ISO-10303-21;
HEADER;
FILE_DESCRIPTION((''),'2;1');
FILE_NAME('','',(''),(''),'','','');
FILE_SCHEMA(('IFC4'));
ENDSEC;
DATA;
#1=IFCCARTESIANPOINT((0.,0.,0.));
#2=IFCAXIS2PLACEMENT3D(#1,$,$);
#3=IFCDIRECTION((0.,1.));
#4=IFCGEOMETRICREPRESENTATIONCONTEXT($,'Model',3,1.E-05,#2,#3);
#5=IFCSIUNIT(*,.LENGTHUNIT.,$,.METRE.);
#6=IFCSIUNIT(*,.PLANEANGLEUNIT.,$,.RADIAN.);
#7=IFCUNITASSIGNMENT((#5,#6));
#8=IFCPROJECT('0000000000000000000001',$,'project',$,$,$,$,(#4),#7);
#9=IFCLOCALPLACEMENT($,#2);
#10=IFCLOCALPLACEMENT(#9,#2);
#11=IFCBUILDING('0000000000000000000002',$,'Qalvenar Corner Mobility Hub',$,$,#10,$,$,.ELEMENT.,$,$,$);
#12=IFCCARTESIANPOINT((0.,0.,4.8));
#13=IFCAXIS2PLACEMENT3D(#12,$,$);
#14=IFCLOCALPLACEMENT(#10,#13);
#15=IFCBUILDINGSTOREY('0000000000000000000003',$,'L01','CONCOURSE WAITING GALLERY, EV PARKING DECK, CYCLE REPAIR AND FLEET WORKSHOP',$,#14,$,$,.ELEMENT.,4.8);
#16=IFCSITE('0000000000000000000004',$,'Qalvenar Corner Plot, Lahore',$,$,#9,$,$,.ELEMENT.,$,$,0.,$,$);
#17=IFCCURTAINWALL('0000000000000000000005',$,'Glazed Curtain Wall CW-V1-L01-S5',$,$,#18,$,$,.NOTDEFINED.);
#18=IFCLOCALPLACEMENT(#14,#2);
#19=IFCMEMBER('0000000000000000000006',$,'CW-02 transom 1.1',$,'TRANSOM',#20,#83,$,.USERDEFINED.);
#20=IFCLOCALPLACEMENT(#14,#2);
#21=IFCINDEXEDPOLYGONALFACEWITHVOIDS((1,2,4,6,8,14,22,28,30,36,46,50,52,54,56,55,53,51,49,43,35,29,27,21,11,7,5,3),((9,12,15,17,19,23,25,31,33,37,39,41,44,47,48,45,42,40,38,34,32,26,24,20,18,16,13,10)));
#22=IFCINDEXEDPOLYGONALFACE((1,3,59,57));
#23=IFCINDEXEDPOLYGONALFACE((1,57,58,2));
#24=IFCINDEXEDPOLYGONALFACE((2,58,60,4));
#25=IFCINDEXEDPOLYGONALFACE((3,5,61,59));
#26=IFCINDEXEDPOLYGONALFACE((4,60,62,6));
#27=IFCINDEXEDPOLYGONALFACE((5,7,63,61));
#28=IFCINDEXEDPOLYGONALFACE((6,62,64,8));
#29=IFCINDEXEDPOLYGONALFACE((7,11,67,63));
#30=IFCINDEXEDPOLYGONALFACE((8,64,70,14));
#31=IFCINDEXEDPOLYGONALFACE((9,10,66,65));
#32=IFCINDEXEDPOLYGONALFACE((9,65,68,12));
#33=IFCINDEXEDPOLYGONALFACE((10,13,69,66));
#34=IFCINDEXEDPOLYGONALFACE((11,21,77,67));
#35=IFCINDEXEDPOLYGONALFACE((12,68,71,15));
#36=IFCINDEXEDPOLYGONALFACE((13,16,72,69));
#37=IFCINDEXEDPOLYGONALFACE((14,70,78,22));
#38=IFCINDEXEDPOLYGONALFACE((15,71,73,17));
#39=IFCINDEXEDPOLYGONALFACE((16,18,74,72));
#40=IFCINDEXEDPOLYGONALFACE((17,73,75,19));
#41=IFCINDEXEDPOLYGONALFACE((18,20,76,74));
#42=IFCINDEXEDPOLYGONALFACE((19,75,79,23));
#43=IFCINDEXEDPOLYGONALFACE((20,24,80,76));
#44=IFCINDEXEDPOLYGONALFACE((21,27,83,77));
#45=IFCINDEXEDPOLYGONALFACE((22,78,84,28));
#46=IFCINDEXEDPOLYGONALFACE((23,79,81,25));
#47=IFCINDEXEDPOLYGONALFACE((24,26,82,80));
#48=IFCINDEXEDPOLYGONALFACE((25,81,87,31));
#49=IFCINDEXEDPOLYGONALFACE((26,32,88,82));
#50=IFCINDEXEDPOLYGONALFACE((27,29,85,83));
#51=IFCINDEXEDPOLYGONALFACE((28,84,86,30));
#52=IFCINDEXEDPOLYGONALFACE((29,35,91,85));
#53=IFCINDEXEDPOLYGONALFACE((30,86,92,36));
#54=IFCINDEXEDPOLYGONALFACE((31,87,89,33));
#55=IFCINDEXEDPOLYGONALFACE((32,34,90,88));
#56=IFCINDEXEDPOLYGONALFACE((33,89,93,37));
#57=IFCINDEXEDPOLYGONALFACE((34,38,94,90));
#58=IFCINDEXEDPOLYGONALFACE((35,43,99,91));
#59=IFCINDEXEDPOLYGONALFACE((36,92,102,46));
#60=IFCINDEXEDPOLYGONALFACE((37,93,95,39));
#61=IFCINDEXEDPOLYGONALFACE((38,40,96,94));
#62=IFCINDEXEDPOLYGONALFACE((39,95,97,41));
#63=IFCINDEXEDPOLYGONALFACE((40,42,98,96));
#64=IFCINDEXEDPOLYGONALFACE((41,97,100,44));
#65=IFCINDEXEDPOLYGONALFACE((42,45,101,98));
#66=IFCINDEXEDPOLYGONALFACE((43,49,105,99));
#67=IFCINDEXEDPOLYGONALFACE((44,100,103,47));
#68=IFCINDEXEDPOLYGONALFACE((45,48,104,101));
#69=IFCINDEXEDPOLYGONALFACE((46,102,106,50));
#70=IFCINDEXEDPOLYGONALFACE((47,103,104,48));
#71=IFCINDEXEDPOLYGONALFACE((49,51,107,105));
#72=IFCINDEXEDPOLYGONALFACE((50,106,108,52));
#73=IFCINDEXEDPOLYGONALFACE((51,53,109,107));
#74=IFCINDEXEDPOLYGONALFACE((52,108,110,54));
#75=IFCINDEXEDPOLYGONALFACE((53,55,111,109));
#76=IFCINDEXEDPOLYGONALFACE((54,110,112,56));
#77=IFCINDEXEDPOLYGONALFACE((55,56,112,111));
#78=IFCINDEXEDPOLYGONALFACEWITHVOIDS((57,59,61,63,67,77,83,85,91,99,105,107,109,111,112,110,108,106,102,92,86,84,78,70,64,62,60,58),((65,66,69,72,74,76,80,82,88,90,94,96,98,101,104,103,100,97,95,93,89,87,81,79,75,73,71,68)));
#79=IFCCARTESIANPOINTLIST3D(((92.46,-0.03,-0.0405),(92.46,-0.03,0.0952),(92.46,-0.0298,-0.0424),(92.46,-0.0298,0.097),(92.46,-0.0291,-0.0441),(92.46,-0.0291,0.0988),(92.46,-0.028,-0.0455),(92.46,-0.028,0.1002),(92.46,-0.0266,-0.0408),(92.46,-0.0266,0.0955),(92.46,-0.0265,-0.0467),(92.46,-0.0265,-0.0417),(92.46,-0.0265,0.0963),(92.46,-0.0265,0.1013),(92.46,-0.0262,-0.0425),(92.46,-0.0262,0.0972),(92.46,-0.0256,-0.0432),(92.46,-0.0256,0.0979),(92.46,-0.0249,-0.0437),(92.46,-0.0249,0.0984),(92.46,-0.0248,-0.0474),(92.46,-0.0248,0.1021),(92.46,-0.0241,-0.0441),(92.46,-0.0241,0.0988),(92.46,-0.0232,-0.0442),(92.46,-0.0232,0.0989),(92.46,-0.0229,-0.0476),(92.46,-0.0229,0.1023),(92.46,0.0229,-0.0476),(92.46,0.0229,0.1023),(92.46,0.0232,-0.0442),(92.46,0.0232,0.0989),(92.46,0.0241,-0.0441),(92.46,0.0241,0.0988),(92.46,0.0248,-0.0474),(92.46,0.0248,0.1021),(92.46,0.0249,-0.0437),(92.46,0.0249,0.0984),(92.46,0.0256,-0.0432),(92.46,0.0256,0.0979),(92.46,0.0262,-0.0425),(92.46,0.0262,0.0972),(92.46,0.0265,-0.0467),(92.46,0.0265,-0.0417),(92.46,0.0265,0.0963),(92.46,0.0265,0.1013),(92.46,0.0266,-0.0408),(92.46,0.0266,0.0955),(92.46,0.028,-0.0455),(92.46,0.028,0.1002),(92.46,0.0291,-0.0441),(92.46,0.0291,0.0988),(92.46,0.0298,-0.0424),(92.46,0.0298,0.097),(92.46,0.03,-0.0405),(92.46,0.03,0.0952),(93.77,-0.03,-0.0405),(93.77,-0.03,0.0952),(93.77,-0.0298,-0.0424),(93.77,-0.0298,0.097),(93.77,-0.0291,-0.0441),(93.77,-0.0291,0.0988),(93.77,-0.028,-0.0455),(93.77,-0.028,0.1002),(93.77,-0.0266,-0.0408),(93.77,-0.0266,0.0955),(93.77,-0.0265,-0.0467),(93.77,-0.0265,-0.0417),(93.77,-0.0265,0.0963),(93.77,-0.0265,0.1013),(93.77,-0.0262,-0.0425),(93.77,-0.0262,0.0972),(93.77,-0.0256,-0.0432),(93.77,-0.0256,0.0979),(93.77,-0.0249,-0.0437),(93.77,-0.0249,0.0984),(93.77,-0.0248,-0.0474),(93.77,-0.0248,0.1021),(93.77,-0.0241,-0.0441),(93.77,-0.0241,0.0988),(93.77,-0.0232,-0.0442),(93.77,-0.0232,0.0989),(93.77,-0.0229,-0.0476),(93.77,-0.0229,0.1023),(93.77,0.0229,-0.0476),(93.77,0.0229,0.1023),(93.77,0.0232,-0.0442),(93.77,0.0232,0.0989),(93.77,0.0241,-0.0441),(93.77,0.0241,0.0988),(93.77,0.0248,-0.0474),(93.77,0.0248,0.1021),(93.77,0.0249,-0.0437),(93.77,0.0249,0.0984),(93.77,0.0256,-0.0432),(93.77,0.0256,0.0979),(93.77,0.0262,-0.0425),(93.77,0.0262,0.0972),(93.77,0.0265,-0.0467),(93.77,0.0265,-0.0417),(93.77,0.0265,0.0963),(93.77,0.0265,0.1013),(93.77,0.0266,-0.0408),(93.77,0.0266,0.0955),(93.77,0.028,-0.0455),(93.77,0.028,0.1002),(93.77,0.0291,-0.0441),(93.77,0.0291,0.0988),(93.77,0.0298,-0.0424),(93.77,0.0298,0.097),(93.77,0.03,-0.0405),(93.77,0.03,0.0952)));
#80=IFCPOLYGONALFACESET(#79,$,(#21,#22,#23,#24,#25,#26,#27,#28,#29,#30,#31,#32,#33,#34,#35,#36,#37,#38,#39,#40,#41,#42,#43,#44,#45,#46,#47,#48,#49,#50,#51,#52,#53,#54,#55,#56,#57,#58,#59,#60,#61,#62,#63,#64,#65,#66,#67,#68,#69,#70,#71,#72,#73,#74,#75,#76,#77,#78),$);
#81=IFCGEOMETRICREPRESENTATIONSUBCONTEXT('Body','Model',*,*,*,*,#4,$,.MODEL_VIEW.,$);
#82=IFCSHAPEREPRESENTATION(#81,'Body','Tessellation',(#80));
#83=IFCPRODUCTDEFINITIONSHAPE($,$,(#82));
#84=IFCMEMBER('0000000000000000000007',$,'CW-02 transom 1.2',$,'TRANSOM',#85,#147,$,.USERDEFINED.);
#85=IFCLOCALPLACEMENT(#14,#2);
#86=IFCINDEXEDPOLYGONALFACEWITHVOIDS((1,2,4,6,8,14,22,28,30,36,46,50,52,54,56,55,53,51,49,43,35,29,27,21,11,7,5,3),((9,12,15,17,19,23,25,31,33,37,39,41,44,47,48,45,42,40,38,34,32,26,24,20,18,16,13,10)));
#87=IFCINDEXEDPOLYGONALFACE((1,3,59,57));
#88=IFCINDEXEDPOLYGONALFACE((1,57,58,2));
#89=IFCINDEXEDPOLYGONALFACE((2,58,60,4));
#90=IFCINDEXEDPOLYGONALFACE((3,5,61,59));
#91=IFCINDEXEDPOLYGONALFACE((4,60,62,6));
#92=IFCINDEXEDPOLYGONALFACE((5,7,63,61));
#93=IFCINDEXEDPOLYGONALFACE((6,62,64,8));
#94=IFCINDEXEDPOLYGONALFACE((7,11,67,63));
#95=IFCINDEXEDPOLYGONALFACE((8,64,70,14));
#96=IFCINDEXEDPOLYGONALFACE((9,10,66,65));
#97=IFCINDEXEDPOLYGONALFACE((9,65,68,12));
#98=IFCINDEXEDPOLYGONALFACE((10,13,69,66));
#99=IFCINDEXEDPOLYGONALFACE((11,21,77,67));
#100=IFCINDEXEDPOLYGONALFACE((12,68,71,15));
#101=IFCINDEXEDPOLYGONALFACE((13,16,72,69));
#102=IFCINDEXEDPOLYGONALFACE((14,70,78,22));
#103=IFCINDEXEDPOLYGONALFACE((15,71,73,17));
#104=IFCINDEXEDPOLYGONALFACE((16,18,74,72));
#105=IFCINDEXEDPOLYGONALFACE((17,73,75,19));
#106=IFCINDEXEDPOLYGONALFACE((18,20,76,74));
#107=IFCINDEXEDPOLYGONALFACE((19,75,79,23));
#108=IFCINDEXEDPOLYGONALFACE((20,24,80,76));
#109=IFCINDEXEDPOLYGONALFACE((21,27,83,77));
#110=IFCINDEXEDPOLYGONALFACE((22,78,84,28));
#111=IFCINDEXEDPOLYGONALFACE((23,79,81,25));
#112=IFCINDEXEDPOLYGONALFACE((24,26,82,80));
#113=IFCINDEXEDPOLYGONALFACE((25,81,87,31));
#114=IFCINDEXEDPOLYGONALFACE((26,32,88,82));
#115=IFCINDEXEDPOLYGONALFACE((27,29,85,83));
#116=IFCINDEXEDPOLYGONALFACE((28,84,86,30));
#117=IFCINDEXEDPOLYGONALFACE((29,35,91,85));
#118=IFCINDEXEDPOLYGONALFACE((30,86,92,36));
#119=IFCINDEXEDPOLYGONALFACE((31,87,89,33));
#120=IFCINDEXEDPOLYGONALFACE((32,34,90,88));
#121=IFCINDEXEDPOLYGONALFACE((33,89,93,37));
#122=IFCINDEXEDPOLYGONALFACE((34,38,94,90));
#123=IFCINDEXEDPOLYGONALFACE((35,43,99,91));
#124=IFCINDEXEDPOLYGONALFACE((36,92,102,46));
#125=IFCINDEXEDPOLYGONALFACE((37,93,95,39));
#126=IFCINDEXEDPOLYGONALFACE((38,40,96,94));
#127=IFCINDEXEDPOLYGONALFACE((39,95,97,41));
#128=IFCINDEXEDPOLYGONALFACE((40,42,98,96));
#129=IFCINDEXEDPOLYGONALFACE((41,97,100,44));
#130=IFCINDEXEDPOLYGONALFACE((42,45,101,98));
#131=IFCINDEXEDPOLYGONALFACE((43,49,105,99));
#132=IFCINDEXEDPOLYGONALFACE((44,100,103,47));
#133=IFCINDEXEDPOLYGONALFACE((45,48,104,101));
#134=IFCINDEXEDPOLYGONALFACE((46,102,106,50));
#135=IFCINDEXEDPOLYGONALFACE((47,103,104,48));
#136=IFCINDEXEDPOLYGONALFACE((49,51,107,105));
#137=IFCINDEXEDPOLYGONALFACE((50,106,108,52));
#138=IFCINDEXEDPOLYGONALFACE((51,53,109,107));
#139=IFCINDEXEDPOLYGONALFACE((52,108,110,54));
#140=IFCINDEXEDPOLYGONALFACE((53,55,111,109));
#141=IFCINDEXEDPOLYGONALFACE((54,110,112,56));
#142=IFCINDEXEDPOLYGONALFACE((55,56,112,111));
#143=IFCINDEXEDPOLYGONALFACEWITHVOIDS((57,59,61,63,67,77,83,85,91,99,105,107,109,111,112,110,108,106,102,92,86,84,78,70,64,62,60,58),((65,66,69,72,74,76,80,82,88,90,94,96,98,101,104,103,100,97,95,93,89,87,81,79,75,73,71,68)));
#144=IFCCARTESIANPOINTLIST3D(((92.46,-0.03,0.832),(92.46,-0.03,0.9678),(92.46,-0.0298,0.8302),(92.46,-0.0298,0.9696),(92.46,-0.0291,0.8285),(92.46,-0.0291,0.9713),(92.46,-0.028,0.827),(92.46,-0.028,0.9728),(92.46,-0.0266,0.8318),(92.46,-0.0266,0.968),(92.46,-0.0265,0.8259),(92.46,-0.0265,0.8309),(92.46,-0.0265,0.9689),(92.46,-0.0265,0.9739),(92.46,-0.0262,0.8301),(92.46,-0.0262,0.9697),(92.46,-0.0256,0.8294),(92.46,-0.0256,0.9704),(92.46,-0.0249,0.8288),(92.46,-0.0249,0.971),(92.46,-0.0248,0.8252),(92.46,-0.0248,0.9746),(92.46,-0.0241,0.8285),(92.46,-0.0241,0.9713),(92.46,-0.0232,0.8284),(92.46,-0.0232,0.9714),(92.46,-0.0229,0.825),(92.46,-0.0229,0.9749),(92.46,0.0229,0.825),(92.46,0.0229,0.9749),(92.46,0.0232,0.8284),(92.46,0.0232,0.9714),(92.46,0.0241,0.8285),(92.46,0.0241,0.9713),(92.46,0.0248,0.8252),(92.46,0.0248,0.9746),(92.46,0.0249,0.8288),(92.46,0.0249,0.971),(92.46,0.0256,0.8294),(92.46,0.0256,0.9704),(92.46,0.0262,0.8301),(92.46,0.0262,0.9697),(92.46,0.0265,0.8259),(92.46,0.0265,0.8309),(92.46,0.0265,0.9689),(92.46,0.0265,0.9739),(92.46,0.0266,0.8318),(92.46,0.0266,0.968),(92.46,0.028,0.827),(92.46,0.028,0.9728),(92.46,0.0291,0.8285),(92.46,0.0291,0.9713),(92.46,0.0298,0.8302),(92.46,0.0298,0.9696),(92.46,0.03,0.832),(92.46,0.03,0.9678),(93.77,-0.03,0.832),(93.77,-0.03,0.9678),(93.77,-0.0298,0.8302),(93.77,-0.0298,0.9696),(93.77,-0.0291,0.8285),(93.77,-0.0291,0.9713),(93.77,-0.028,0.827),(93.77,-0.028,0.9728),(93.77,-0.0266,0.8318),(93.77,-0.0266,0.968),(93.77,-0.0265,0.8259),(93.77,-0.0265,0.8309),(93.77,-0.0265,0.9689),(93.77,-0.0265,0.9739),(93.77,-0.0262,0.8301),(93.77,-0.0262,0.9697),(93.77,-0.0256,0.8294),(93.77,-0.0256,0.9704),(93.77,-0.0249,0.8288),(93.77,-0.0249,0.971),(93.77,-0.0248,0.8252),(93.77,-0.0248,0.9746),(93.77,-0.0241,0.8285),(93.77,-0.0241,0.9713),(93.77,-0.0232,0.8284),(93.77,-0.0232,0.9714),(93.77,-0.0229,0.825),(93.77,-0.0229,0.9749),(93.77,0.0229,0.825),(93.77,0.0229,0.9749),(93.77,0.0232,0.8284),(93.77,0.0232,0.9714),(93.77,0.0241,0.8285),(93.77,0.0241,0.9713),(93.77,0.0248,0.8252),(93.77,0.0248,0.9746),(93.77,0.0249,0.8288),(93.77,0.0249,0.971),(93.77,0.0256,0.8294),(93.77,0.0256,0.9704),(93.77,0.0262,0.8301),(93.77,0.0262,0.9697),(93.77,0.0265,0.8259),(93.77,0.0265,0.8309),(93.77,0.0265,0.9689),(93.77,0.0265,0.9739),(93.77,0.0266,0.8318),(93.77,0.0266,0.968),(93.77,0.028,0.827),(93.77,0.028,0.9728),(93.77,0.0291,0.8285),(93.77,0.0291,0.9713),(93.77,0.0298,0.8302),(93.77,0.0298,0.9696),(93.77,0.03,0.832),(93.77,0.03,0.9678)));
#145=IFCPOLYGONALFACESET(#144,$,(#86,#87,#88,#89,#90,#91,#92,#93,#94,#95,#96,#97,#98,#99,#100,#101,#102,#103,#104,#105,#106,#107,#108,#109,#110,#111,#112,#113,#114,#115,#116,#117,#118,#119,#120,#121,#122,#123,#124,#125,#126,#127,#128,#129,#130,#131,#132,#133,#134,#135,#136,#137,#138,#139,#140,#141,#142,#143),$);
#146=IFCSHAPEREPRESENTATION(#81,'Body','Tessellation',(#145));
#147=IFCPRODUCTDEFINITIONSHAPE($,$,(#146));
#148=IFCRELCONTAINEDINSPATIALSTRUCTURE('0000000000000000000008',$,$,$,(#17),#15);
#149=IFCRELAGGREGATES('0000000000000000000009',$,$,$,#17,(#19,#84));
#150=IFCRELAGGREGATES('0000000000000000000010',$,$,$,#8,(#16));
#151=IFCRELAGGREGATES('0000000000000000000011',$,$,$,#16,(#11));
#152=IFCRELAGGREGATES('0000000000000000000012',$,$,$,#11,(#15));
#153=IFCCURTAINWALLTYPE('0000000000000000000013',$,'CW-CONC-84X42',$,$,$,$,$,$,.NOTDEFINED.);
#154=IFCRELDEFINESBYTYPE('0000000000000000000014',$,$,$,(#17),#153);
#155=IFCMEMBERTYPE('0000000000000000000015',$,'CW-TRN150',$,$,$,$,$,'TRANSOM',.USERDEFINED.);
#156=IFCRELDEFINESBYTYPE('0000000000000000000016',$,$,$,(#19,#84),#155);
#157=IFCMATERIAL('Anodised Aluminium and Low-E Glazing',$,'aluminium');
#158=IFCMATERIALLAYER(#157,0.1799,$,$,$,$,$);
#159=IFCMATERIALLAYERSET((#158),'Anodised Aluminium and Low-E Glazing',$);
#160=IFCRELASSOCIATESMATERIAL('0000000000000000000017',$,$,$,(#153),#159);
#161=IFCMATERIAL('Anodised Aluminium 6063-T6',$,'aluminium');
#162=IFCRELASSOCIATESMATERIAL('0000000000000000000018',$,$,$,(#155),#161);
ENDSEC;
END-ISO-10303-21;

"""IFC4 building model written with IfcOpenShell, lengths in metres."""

from ifc_helpers import new_model, si_unit, direction, frame, origin, origin_2d, place, context, subcontext, project, spatial, hollow_rectangle, extrude, material, layer, layer_set, material_profile, profile_set, type_object, element, aggregate, save


model = new_model("IFC4")

# Units and contexts
model_context = context("Model", 3, precision=1e-05, world=origin(), true_north=direction((0.0, 1.0)))
body_context = subcontext(model_context, "Body", "Model", "MODEL_VIEW")
ifc_project = project(units=[si_unit("LENGTHUNIT", "METRE"), si_unit("PLANEANGLEUNIT", "RADIAN")], contexts=[model_context])

# Site, building, storey
site_placement = place(None, origin())
site = spatial("IfcSite", under=ifc_project, at=site_placement, Name="Qalvenar Corner Plot, Lahore", CompositionType="ELEMENT", RefElevation=0.0)
building_placement = place(site_placement, origin())
building = spatial("IfcBuilding", under=site, at=building_placement, Name="Qalvenar Corner Mobility Hub", CompositionType="ELEMENT")
storey_placement = place(building_placement, frame((0.0, 0.0, 4.8)))
storey = spatial("IfcBuildingStorey", under=building, at=storey_placement, Name="L01", Description="CONCOURSE WAITING GALLERY, EV PARKING DECK, CYCLE REPAIR AND FLEET WORKSHOP", CompositionType="ELEMENT", Elevation=4.8)

# Shared definitions
ifc_material_1 = material(Name="Anodised Aluminium and Low-E Glazing", Category="aluminium")
ifc_layer_1 = layer(ifc_material_1, 0.1799)
ifc_layer_set_1 = layer_set([ifc_layer_1], Name="Anodised Aluminium and Low-E Glazing")
curtain_wall_type = type_object("IfcCurtainWallType", Name="CW-CONC-84X42", PredefinedType="NOTDEFINED", material=ifc_layer_set_1)
ifc_material_2 = material(Name="Anodised Aluminium 6063-T6", Category="aluminium")

# Curtain wall, members
curtain_wall_1_placement = place(storey_placement, origin())
curtain_wall_1 = element("IfcCurtainWall", 1, at=curtain_wall_1_placement, inside=storey, type_object=curtain_wall_type, Name="Glazed Curtain Wall CW-V1-L01-S5", PredefinedType="NOTDEFINED")
ifc_material_profile_1 = material_profile(ifc_material_2, hollow_rectangle(XDim=0.0601, YDim=0.1499, WallThickness=0.0034, InnerFilletRadius=0.0034, OuterFilletRadius=0.0071, at=origin_2d()), Name="RHS150x60x3.5")
ifc_profile_set_1 = profile_set([ifc_material_profile_1], Name="Anodised Aluminium 6063-T6")
member_type_1 = type_object("IfcMemberType", Name="CW-TRN150", ElementType="TRANSOM", PredefinedType="USERDEFINED", material=ifc_profile_set_1)
member_1_placement = place(storey_placement, frame((92.46, 0.0, 0.0273), z_axis=(1.0, 0.0, 0.0), x_axis=(0.0, 1.0, 0.0)))
member_1 = element("IfcMember", 2, at=member_1_placement, type_object=member_type_1, Name="CW-02 transom 1.1", ObjectType="TRANSOM", PredefinedType="USERDEFINED", context=body_context, shape_type="SweptSolid", body=[
    extrude(hollow_rectangle(XDim=0.0601, YDim=0.1499, WallThickness=0.0034, InnerFilletRadius=0.0034, OuterFilletRadius=0.0071, at=origin_2d()), origin(), (0.0, 0.0, 1.0), 1.3101),
])
member_2_placement = place(storey_placement, frame((92.46, 0.0, 0.8999), z_axis=(1.0, 0.0, 0.0), x_axis=(0.0, 1.0, 0.0)))
member_2 = element("IfcMember", 3, at=member_2_placement, type_object=member_type_1, Name="CW-02 transom 1.2", ObjectType="TRANSOM", PredefinedType="USERDEFINED", context=body_context, shape_type="SweptSolid", body=[
    extrude(hollow_rectangle(XDim=0.0601, YDim=0.1499, WallThickness=0.0034, InnerFilletRadius=0.0034, OuterFilletRadius=0.0071, at=origin_2d()), origin(), (0.0, 0.0, 1.0), 1.3101),
])

aggregate(curtain_wall_1, [member_1, member_2])

save(model, "model.ifc")
